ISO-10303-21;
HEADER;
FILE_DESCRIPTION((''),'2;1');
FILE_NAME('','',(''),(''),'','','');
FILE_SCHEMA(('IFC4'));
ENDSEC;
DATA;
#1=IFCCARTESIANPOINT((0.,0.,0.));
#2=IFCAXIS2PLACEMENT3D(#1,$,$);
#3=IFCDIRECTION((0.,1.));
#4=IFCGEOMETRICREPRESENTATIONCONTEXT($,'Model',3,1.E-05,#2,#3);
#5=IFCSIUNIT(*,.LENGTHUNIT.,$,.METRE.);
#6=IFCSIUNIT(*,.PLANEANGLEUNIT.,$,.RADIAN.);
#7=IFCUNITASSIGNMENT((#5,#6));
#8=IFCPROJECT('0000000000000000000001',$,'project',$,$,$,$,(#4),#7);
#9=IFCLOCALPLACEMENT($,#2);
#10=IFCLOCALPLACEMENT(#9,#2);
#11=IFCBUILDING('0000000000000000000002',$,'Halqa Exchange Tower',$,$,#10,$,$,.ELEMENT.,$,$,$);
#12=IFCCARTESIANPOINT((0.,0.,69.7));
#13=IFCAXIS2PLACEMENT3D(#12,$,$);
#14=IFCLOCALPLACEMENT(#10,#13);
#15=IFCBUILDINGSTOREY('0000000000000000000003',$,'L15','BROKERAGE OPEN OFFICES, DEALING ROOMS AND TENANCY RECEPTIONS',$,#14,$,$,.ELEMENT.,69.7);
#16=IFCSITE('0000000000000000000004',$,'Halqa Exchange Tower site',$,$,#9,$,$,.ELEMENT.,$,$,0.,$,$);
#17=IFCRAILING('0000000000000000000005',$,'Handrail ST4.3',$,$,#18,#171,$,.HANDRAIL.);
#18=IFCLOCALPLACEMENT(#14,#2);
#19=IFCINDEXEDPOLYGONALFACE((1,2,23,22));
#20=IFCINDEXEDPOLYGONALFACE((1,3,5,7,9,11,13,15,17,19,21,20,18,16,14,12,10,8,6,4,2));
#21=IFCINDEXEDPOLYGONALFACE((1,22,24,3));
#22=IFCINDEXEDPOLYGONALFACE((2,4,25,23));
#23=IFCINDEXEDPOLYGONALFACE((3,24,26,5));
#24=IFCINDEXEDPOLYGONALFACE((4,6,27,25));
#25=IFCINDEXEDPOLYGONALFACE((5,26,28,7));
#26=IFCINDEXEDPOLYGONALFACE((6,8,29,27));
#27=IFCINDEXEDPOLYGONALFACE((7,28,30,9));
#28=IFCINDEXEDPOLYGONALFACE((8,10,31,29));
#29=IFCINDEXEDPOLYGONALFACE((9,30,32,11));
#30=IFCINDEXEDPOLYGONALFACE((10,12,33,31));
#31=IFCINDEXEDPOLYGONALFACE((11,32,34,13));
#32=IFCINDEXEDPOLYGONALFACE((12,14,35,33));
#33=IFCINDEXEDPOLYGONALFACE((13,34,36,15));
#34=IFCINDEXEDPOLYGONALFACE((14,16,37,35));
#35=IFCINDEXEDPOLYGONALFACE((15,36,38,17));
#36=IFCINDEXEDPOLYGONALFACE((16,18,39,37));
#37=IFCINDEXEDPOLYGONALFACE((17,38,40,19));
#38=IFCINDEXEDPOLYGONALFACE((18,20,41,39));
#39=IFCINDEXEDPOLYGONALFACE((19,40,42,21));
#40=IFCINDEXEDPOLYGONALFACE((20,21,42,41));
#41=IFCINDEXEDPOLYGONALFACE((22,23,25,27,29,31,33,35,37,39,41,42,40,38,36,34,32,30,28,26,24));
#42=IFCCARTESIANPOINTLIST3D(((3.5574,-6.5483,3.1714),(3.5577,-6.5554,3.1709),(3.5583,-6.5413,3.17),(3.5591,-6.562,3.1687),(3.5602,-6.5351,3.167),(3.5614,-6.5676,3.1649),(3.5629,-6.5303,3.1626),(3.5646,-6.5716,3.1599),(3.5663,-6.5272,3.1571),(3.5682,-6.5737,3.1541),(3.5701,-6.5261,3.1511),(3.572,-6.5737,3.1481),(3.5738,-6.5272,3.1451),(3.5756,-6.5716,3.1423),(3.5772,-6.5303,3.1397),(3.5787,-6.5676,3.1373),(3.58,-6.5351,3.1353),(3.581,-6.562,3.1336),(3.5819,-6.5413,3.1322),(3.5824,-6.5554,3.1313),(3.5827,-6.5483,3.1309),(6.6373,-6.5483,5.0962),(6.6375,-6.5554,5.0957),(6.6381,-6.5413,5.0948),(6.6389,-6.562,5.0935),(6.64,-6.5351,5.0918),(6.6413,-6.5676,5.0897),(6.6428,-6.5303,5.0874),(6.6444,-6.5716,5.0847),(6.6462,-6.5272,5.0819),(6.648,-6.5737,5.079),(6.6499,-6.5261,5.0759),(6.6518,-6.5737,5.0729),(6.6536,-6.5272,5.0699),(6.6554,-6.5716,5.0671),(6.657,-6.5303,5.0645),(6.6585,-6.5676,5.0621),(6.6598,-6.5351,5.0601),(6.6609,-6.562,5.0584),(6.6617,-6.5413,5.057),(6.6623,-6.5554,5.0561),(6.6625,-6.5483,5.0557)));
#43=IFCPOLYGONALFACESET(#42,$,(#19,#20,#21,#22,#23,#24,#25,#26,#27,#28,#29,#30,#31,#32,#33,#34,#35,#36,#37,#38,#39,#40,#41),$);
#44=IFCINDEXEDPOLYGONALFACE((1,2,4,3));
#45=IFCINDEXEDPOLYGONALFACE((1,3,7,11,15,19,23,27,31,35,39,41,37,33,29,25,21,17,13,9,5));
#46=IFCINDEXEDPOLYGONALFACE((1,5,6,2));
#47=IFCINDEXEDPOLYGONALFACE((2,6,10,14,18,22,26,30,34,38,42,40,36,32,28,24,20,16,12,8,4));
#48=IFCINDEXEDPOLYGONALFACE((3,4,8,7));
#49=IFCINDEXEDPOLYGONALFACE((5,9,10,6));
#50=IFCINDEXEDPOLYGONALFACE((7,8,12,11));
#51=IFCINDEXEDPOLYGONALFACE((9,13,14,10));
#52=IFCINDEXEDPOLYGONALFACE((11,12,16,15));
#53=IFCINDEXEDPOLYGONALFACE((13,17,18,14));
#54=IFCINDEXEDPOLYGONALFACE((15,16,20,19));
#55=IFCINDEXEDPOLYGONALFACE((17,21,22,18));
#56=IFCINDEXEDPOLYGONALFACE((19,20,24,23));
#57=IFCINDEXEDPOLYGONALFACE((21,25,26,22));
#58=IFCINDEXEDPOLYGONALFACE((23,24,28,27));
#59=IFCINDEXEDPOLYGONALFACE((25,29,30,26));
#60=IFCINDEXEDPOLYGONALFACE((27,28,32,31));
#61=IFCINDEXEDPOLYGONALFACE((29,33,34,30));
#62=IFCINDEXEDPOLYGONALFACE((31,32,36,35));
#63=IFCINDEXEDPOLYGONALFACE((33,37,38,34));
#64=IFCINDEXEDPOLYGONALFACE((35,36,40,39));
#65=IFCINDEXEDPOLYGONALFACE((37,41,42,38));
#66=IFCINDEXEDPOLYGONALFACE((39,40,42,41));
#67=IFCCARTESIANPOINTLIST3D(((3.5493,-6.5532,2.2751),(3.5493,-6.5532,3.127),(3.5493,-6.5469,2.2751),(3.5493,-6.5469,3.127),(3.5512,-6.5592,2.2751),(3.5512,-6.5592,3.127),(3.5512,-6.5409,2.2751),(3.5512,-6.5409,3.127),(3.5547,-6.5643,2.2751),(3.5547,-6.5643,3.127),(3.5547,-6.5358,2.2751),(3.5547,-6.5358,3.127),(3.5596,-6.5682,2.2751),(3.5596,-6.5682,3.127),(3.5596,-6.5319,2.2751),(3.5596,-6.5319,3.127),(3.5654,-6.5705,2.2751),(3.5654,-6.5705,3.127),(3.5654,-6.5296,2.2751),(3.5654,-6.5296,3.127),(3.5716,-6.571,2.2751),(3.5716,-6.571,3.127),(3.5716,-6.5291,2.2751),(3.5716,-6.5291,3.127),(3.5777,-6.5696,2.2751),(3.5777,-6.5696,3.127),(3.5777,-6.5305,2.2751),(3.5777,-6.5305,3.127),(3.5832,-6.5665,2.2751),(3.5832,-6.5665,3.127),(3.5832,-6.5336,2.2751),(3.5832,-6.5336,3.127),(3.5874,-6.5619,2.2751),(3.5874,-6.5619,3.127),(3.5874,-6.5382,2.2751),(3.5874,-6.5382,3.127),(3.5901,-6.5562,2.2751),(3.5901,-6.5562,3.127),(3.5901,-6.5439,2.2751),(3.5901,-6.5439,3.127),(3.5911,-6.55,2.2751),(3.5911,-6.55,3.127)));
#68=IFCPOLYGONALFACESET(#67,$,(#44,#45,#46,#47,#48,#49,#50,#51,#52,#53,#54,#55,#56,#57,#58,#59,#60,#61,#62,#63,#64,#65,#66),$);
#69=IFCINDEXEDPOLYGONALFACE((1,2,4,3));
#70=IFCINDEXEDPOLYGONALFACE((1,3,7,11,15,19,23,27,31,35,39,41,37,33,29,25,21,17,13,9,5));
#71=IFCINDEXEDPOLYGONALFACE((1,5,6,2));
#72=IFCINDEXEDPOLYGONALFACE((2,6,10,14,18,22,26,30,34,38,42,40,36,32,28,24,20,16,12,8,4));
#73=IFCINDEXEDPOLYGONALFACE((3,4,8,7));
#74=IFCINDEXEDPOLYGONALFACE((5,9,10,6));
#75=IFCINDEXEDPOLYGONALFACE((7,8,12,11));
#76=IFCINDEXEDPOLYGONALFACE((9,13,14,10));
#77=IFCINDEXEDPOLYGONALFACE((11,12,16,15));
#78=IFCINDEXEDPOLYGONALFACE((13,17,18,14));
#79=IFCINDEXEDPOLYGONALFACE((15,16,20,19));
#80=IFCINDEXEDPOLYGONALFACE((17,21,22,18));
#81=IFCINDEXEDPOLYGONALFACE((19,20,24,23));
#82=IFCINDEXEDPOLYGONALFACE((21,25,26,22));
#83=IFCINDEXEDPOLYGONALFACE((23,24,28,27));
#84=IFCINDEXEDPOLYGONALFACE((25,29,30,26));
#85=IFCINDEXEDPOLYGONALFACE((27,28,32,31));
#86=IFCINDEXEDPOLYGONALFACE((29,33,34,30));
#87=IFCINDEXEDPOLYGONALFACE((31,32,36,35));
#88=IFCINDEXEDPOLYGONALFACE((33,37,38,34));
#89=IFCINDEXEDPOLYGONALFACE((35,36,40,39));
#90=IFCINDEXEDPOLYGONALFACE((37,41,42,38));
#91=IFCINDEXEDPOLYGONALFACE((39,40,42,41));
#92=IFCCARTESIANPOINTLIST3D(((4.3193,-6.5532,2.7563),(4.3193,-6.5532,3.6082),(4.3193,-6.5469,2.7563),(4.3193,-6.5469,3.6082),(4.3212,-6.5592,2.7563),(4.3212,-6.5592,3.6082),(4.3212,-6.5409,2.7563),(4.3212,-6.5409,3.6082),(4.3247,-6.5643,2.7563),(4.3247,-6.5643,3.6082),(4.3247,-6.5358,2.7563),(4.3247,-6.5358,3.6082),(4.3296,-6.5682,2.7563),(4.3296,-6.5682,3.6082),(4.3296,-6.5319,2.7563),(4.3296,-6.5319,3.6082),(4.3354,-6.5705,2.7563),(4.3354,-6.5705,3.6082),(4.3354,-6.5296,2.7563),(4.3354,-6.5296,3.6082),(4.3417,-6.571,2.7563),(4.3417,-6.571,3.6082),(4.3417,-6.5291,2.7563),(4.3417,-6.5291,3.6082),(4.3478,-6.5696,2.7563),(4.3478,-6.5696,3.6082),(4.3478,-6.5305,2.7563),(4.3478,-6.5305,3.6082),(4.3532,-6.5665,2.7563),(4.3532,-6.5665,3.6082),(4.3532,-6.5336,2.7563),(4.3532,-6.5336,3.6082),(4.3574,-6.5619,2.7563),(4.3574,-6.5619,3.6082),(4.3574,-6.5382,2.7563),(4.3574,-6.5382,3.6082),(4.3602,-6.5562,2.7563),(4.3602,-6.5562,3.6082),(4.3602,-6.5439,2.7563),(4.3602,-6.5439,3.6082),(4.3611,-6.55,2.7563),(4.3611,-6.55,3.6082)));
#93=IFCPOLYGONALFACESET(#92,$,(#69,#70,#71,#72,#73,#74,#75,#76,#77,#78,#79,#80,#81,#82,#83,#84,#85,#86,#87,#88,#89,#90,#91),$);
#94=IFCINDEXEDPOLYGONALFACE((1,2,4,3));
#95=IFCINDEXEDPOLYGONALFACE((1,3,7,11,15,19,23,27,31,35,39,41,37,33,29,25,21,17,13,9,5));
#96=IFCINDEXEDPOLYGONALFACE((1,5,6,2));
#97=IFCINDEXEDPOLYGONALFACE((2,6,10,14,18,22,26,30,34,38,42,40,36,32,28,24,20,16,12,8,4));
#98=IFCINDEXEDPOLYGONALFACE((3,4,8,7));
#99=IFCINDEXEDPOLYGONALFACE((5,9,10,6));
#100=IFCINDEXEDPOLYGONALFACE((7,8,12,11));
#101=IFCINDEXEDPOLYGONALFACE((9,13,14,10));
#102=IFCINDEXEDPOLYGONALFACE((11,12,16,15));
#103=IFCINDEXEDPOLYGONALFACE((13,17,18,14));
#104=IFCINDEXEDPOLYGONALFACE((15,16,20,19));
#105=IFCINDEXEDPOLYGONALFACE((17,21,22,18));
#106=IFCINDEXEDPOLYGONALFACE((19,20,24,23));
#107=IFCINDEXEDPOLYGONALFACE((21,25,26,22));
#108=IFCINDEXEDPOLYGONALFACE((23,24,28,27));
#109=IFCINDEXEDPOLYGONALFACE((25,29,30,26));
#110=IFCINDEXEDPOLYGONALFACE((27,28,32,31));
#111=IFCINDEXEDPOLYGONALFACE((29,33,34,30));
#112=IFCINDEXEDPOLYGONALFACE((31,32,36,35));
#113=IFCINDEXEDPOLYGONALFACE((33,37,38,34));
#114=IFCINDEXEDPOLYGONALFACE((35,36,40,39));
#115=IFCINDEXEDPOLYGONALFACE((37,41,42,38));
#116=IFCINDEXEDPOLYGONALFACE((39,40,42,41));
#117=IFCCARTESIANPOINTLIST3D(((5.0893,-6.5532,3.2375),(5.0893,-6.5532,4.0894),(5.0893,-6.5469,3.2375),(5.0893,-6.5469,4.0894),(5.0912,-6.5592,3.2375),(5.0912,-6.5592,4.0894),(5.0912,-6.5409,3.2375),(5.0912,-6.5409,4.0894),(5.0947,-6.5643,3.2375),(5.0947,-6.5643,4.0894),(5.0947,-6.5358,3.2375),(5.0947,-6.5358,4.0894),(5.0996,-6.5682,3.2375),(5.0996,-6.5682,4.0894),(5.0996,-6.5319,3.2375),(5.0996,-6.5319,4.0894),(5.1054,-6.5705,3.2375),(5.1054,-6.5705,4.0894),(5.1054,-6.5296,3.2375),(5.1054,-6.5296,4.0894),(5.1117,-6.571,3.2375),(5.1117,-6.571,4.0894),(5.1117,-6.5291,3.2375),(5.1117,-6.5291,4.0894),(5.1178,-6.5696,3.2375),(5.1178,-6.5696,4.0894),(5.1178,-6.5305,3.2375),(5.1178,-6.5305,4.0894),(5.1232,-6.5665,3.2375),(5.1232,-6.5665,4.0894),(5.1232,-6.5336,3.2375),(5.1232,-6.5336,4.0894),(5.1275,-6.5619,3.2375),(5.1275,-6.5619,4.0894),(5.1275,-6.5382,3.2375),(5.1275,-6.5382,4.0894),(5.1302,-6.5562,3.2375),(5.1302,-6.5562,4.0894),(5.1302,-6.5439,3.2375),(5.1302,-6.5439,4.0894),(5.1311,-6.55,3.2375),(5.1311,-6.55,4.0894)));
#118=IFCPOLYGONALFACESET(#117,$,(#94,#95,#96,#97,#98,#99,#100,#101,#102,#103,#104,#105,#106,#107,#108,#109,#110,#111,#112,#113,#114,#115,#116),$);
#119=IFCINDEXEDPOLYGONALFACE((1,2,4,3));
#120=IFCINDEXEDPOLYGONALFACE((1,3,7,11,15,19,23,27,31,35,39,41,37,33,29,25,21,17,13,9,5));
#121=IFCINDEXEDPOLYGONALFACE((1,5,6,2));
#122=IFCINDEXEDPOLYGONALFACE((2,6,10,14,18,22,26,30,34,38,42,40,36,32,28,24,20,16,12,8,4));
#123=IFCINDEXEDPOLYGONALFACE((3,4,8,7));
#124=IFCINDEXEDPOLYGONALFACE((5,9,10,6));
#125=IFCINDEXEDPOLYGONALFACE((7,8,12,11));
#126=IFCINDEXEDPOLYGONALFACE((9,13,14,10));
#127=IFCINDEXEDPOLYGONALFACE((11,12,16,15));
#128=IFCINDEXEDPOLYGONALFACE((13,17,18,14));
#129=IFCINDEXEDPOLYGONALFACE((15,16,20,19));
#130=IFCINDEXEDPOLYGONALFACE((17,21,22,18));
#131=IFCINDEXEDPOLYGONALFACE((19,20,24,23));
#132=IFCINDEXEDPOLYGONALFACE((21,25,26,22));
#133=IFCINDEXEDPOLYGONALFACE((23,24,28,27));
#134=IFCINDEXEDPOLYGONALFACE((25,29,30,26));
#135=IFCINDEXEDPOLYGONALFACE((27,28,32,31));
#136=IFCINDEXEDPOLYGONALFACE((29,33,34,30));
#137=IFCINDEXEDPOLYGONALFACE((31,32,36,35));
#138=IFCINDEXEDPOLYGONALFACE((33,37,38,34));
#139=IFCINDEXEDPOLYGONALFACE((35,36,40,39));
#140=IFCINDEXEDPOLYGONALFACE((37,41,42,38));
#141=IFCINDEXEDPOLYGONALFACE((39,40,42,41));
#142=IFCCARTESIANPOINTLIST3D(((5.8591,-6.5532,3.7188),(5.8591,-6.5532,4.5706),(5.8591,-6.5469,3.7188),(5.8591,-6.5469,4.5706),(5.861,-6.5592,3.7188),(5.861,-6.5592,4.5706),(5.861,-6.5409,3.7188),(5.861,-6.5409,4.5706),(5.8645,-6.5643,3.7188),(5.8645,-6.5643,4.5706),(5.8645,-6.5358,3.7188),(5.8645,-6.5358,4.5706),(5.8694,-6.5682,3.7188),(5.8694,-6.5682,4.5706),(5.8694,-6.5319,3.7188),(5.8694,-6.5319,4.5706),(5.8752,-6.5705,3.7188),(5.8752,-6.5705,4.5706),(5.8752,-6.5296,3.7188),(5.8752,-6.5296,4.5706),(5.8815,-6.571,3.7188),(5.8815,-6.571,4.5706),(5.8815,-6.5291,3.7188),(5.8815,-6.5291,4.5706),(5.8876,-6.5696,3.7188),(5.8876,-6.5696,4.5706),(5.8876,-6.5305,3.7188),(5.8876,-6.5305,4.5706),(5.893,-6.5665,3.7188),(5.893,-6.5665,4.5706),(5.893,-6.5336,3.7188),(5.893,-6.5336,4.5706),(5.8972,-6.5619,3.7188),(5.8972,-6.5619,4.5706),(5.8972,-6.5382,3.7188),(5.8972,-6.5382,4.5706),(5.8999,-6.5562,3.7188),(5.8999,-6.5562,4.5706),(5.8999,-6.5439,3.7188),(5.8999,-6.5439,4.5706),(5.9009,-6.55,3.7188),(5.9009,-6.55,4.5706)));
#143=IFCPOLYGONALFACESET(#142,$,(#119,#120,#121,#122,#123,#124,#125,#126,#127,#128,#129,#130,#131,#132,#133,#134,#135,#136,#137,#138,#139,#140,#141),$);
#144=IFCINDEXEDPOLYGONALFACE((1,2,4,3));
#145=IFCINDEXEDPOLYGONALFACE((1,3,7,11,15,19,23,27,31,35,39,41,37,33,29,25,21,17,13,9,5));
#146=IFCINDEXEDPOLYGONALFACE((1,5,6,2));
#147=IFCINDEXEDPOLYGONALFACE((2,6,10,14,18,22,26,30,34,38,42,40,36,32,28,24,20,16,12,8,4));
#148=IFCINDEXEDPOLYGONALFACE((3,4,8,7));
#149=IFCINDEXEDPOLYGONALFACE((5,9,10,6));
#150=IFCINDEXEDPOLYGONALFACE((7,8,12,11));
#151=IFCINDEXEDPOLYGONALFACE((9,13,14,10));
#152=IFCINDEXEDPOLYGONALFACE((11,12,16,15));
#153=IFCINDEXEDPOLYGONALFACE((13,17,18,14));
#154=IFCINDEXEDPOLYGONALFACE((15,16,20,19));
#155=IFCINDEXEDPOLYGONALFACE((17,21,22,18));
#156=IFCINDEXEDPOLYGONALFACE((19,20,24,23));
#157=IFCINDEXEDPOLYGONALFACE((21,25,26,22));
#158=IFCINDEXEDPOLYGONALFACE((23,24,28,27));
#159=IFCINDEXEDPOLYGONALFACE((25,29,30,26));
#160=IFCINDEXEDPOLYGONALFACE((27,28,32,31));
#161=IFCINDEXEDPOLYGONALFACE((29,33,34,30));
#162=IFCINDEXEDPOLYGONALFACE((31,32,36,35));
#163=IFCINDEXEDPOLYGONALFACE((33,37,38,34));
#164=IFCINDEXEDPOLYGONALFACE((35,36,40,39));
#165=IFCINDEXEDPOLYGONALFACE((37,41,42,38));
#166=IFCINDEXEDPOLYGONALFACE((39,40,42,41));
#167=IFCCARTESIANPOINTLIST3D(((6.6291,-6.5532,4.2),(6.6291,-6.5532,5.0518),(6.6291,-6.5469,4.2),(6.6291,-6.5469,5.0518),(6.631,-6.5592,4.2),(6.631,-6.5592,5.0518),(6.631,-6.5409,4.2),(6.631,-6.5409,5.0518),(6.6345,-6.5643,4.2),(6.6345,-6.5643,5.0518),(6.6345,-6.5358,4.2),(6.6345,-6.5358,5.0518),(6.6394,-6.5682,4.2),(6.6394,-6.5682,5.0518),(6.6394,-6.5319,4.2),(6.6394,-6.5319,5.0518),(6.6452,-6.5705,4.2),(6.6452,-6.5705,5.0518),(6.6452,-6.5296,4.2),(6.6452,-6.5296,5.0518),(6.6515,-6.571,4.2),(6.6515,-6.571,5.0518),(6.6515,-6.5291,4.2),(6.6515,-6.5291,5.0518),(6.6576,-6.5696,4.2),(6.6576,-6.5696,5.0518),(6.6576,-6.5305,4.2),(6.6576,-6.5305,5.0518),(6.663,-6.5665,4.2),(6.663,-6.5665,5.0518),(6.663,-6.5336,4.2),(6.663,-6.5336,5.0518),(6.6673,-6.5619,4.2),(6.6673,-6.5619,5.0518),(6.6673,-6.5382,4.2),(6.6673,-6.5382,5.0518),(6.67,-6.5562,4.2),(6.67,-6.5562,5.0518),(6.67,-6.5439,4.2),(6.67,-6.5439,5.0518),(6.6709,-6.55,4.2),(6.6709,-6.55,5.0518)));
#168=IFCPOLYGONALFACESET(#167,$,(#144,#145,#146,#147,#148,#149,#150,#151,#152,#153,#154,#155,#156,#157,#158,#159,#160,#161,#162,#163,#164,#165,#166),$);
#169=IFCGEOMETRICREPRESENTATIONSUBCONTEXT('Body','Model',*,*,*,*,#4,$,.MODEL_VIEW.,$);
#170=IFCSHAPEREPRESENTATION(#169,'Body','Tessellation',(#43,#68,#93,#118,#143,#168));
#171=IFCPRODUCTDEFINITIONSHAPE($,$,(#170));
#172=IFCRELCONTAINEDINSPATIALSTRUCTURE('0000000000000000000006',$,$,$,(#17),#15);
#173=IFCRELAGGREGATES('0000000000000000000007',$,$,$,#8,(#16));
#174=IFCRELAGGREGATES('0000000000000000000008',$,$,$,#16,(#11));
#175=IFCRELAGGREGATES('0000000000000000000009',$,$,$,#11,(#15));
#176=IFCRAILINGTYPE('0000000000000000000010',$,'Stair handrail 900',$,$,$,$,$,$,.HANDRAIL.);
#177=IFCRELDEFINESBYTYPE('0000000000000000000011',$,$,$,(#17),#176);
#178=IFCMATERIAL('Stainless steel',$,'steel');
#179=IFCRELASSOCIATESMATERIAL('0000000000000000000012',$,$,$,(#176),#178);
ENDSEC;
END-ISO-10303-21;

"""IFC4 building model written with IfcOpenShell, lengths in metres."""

from ifc_helpers import new_model, si_unit, direction, frame, origin, origin_2d, place, context, subcontext, project, spatial, circle, extrude, material, type_object, element, save


model = new_model("IFC4")

# Units and contexts
model_context = context("Model", 3, precision=1e-05, world=origin(), true_north=direction((0.0, 1.0)))
body_context = subcontext(model_context, "Body", "Model", "MODEL_VIEW")
ifc_project = project(units=[si_unit("LENGTHUNIT", "METRE"), si_unit("PLANEANGLEUNIT", "RADIAN")], contexts=[model_context])

# Site, building, storey
site_placement = place(None, origin())
site = spatial("IfcSite", under=ifc_project, at=site_placement, Name="Halqa Exchange Tower site", CompositionType="ELEMENT", RefElevation=0.0)
building_placement = place(site_placement, origin())
building = spatial("IfcBuilding", under=site, at=building_placement, Name="Halqa Exchange Tower", CompositionType="ELEMENT")
storey_placement = place(building_placement, frame((0.0, 0.0, 69.7)))
storey = spatial("IfcBuildingStorey", under=building, at=storey_placement, Name="L15", Description="BROKERAGE OPEN OFFICES, DEALING ROOMS AND TENANCY RECEPTIONS", CompositionType="ELEMENT", Elevation=69.7)

# Railing
ifc_material_1 = material(Name="Stainless steel", Category="steel")
railing_type_1 = type_object("IfcRailingType", Name="Stair handrail 900", PredefinedType="HANDRAIL", material=ifc_material_1)
railing_1_placement = place(storey_placement, frame((3.5701, -6.55, 2.2751)))
element("IfcRailing", 1, at=railing_1_placement, inside=storey, type_object=railing_type_1, Name="Handrail ST4.3", PredefinedType="HANDRAIL", context=body_context, shape_type="SweptSolid", body=[
    extrude(circle(Radius=0.0239, at=origin_2d()), frame((0.0, 0.0, 0.876), z_axis=(0.84801, 0.0, 0.529981), x_axis=(0.0, 1.0, 0.0)), (0.0, 0.0, 1.0), 3.6318),
    extrude(circle(Radius=0.021, at=origin_2d()), origin(), (0.0, 0.0, 1.0), 0.8518),
    extrude(circle(Radius=0.021, at=origin_2d()), frame((0.77, 0.0, 0.4812)), (0.0, 0.0, 1.0), 0.8518),
    extrude(circle(Radius=0.021, at=origin_2d()), frame((1.54, 0.0, 0.9624)), (0.0, 0.0, 1.0), 0.8518),
    extrude(circle(Radius=0.021, at=origin_2d()), frame((2.3098, 0.0, 1.4436)), (0.0, 0.0, 1.0), 0.8518),
    extrude(circle(Radius=0.021, at=origin_2d()), frame((3.0798, 0.0, 1.9248)), (0.0, 0.0, 1.0), 0.8518),
])

save(model, "model.ifc")
